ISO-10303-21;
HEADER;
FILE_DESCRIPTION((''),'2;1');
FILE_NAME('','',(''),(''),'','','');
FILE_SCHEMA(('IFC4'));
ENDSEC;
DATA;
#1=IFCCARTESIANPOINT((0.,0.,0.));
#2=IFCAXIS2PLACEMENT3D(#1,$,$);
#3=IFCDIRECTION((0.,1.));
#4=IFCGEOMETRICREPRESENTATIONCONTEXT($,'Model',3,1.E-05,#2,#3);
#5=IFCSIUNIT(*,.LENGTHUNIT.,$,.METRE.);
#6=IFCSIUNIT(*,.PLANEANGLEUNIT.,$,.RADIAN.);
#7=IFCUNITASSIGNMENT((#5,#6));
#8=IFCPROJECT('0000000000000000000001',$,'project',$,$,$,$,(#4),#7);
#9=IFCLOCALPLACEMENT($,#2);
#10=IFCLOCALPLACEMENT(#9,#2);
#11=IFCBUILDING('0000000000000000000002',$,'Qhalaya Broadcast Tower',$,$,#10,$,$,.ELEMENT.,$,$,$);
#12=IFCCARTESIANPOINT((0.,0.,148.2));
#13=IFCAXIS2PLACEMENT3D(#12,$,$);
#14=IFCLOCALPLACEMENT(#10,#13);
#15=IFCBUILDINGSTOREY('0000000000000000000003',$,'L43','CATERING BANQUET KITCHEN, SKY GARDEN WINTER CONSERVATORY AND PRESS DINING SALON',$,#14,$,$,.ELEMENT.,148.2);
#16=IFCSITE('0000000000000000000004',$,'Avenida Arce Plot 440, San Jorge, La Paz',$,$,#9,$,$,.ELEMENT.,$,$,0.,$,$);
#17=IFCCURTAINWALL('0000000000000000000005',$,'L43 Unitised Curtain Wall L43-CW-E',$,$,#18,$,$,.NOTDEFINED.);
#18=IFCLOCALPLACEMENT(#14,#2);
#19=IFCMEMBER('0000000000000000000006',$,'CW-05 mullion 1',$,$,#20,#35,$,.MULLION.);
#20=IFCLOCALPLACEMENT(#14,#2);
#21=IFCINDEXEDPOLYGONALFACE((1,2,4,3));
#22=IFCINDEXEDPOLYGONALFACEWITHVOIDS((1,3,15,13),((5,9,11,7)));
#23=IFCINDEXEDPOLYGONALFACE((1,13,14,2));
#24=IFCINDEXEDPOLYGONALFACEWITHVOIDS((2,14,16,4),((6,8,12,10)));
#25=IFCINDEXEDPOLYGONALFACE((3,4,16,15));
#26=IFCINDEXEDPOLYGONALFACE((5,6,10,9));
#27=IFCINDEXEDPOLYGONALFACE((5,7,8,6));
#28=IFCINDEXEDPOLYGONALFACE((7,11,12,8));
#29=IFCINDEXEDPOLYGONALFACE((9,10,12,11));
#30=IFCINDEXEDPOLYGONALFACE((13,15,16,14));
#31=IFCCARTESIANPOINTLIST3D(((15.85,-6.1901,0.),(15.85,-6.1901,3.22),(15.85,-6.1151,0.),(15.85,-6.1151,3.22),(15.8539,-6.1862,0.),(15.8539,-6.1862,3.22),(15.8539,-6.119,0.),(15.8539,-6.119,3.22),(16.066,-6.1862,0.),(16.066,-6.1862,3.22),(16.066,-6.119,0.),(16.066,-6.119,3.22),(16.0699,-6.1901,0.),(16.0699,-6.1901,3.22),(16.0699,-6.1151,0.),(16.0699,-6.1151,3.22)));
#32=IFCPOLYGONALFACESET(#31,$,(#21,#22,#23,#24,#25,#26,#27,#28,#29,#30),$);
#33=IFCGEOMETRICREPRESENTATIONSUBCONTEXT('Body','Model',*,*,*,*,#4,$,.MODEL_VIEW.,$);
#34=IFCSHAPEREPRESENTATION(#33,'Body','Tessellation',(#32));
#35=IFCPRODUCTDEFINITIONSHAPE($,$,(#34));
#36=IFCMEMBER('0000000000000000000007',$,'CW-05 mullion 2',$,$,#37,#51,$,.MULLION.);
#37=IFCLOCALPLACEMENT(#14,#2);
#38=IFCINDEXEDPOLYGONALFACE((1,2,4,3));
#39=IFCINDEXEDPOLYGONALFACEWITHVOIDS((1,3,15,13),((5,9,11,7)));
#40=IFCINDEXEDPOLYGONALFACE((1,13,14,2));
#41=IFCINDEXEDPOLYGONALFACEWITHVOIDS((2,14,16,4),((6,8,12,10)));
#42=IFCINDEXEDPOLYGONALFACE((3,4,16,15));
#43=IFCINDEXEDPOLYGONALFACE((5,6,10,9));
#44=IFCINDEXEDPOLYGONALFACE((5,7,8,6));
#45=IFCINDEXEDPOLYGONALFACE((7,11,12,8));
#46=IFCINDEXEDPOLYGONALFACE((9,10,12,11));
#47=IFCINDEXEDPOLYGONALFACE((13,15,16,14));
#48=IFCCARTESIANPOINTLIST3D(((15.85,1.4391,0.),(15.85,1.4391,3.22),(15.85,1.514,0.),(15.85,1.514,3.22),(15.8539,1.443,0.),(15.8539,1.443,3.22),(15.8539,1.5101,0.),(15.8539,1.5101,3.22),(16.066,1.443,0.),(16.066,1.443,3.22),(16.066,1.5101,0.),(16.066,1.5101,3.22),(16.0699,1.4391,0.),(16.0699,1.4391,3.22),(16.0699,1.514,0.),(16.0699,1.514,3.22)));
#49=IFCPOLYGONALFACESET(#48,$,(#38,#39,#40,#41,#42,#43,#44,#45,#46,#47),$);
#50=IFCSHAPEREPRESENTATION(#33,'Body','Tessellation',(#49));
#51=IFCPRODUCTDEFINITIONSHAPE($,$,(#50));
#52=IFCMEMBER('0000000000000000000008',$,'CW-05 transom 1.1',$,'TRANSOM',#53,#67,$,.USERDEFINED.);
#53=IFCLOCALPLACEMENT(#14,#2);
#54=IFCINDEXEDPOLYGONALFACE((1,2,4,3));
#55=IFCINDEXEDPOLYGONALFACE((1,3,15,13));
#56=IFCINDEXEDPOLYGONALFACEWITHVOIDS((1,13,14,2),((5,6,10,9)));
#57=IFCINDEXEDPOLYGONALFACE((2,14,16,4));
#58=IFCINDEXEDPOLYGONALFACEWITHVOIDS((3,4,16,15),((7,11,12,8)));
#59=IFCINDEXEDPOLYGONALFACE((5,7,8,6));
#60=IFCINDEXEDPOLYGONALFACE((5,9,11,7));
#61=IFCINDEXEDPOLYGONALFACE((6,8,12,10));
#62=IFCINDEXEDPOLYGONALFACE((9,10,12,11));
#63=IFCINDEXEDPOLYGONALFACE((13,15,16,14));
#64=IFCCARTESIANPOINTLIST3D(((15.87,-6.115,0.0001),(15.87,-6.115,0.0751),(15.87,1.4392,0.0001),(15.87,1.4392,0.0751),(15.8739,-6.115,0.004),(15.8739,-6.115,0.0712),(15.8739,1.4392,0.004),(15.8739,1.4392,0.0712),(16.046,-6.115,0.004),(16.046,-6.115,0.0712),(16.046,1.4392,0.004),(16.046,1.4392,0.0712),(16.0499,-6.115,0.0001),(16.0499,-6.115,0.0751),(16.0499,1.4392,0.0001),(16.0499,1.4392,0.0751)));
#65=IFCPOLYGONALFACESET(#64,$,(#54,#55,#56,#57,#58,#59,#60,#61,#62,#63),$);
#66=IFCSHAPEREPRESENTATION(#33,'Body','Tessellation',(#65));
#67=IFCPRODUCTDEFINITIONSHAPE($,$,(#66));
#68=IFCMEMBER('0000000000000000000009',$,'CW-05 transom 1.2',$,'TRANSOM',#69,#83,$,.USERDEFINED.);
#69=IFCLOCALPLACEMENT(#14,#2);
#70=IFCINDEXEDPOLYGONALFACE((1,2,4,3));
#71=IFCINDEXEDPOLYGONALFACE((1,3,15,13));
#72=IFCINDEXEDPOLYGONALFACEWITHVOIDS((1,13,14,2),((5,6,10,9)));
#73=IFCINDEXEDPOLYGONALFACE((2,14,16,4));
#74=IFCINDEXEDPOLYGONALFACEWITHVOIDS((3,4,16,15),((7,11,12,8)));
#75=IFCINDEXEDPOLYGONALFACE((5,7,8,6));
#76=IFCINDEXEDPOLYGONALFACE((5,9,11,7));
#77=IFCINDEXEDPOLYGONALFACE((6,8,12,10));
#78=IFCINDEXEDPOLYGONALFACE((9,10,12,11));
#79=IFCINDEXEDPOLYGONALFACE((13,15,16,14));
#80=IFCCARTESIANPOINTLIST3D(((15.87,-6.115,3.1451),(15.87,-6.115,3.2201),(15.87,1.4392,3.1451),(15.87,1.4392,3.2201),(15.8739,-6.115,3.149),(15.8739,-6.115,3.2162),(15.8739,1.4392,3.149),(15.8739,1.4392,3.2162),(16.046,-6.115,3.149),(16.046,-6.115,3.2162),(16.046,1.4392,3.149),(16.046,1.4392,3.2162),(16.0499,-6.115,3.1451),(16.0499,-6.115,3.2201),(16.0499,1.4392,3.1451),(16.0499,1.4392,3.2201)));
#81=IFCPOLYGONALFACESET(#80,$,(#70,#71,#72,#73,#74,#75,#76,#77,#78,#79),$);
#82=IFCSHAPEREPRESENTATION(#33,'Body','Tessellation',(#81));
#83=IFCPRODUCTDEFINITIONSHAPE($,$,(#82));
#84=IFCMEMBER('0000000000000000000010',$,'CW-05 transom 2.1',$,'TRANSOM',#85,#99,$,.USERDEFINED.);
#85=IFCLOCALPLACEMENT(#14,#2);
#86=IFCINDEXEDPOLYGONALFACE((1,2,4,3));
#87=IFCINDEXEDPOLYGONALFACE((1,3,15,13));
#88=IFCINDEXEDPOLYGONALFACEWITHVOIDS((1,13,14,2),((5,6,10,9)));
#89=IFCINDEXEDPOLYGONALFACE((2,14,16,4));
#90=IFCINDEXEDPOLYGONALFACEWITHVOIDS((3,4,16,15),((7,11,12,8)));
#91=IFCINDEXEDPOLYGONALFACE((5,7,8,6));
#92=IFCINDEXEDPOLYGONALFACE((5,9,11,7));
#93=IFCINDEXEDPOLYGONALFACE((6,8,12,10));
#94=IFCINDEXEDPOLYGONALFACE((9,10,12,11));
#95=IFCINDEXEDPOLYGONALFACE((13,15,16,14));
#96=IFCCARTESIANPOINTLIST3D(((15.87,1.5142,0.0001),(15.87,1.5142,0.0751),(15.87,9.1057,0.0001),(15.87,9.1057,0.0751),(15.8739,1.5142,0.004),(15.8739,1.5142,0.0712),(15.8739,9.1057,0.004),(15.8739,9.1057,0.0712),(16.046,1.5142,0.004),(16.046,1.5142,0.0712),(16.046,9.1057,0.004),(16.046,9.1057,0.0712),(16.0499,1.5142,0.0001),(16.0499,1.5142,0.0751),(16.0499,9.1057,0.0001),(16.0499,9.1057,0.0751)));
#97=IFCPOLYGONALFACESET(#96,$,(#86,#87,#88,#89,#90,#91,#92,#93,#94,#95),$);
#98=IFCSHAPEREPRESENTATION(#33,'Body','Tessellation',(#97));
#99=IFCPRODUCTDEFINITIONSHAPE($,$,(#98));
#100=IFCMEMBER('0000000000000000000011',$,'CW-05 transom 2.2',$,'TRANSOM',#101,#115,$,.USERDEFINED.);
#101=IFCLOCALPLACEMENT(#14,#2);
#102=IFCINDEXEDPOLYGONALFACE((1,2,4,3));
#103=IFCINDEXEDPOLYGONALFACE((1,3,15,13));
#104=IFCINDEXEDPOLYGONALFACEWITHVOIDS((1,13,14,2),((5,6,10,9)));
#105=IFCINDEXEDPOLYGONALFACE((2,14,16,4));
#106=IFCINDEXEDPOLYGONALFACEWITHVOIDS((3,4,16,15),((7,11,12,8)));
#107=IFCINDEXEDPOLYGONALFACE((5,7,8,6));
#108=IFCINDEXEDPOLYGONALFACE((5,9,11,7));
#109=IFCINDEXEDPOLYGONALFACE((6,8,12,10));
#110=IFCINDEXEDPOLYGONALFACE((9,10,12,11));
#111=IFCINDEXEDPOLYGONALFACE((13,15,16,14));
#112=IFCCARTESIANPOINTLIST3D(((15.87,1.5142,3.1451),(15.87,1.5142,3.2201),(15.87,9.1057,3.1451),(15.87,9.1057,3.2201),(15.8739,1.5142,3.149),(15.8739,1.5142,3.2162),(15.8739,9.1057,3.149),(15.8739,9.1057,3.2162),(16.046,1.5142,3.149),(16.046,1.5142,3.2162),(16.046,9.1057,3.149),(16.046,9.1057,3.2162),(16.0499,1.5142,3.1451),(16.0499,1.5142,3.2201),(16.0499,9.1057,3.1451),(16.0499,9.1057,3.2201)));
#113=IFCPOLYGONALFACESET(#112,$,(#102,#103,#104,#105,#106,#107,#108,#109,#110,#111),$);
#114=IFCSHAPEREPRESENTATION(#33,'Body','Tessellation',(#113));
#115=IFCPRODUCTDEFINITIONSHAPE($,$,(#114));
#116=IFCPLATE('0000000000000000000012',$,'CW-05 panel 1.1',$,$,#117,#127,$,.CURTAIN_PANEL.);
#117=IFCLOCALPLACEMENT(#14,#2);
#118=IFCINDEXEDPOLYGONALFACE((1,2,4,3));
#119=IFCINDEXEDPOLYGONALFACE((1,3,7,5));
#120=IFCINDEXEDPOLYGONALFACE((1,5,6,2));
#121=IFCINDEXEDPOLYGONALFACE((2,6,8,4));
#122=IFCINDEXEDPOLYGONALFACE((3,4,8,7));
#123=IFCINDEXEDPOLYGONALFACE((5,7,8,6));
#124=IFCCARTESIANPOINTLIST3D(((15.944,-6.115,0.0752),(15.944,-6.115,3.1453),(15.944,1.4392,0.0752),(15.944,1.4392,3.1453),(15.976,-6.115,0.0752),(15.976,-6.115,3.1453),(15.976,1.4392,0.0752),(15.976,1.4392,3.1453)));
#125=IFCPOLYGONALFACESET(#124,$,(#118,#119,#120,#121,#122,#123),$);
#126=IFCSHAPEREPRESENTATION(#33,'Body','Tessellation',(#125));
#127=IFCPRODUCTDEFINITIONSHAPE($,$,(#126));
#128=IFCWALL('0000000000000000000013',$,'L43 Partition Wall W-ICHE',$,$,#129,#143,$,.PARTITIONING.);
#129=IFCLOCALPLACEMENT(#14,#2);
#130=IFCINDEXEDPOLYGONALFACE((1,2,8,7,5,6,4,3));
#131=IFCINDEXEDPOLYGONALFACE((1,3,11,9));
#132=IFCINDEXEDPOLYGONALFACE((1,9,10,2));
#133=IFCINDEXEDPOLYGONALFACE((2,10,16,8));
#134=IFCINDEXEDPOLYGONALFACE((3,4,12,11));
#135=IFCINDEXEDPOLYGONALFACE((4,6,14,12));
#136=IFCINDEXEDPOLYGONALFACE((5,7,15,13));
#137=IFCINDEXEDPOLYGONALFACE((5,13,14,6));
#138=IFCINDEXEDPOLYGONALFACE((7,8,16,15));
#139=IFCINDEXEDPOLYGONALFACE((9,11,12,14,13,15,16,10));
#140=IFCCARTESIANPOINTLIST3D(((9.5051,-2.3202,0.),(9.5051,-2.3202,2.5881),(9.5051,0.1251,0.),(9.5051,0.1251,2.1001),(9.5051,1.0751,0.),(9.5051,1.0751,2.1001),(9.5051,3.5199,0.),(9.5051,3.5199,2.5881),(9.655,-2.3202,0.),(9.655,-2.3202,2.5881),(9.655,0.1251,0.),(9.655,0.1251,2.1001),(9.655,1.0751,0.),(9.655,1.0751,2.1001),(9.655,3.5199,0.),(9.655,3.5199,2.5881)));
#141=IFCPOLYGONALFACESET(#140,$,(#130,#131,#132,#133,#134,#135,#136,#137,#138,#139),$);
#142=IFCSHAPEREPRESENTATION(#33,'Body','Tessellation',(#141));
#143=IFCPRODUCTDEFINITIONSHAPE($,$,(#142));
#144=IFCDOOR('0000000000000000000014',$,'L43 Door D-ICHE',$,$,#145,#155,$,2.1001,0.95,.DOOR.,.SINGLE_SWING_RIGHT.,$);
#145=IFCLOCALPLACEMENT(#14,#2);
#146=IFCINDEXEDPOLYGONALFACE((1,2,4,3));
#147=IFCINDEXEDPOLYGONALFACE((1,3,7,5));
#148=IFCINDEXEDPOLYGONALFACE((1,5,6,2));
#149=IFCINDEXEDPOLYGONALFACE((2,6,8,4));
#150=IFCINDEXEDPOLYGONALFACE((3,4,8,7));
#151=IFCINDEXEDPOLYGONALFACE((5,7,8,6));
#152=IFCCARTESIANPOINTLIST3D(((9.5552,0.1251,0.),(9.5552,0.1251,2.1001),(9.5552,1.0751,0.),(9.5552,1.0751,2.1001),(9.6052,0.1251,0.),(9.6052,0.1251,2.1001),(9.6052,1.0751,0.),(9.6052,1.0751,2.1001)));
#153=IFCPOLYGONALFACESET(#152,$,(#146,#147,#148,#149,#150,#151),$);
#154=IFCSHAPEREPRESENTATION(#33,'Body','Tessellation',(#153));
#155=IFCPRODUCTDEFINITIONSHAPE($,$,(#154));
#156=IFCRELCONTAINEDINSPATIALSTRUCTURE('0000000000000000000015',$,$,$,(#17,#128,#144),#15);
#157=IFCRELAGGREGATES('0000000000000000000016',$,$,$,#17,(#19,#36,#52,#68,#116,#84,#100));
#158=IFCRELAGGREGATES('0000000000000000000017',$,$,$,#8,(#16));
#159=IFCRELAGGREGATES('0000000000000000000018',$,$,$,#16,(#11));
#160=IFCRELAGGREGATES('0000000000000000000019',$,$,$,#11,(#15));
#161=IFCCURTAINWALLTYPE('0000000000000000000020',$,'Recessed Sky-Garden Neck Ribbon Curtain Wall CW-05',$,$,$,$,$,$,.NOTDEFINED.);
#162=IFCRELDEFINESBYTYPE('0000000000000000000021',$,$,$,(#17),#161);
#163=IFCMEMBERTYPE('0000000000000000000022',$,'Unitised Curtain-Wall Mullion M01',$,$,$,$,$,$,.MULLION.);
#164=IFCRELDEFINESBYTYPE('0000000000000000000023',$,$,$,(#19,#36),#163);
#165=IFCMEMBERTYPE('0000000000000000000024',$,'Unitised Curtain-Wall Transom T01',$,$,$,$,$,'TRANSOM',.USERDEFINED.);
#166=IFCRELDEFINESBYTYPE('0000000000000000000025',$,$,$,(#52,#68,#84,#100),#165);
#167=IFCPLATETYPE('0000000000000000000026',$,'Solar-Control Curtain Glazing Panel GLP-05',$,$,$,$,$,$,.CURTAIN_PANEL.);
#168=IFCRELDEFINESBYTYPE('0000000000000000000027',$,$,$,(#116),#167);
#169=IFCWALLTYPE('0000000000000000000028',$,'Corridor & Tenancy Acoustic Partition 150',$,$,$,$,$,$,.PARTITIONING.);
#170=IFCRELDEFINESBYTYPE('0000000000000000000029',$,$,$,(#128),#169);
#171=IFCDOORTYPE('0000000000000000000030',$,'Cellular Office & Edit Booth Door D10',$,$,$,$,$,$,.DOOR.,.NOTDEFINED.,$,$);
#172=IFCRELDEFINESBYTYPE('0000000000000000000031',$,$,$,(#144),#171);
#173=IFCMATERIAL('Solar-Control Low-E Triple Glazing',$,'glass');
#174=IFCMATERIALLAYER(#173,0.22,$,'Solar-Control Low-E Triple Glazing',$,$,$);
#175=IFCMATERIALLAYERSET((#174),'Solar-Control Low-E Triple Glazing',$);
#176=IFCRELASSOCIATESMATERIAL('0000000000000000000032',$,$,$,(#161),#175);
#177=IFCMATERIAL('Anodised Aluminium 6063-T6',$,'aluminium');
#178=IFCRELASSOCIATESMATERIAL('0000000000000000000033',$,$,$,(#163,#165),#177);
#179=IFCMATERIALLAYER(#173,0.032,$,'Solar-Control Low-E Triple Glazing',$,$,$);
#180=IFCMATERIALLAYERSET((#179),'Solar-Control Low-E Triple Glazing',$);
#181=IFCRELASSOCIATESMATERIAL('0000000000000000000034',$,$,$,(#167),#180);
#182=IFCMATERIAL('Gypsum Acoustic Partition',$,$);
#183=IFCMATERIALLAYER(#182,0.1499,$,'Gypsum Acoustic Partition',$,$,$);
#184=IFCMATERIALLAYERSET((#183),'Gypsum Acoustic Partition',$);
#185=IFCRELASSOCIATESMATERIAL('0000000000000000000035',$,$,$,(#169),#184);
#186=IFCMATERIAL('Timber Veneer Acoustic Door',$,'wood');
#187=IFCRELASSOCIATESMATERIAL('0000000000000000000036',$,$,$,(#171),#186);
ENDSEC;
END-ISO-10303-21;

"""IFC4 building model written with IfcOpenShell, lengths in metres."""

from ifc_helpers import new_model, si_unit, direction, frame, frame_2d, origin, origin_2d, place, context, subcontext, project, spatial, rectangle, hollow_rectangle, extrude, material, layer, layer_set, material_profile, profile_set, type_object, element, fill, aggregate, save


model = new_model("IFC4")

# Units and contexts
model_context = context("Model", 3, precision=1e-05, world=origin(), true_north=direction((0.0, 1.0)))
body_context = subcontext(model_context, "Body", "Model", "MODEL_VIEW")
ifc_project = project(units=[si_unit("LENGTHUNIT", "METRE"), si_unit("PLANEANGLEUNIT", "RADIAN")], contexts=[model_context])

# Site, building, storey
site_placement = place(None, origin())
site = spatial("IfcSite", under=ifc_project, at=site_placement, Name="Avenida Arce Plot 440, San Jorge, La Paz", CompositionType="ELEMENT", RefElevation=0.0)
building_placement = place(site_placement, origin())
building = spatial("IfcBuilding", under=site, at=building_placement, Name="Qhalaya Broadcast Tower", CompositionType="ELEMENT")
storey_placement = place(building_placement, frame((0.0, 0.0, 148.2)))
storey = spatial("IfcBuildingStorey", under=building, at=storey_placement, Name="L43", Description="CATERING BANQUET KITCHEN, SKY GARDEN WINTER CONSERVATORY AND PRESS DINING SALON", CompositionType="ELEMENT", Elevation=148.2)

# Shared definitions
ifc_material_1 = material(Name="Solar-Control Low-E Triple Glazing", Category="glass")
ifc_layer_1 = layer(ifc_material_1, 0.22, Name="Solar-Control Low-E Triple Glazing")
ifc_layer_set_1 = layer_set([ifc_layer_1], Name="Solar-Control Low-E Triple Glazing")
curtain_wall_type = type_object("IfcCurtainWallType", Name="Recessed Sky-Garden Neck Ribbon Curtain Wall CW-05", PredefinedType="NOTDEFINED", material=ifc_layer_set_1)
ifc_material_2 = material(Name="Anodised Aluminium 6063-T6", Category="aluminium")
ifc_material_profile_1 = material_profile(ifc_material_2, hollow_rectangle(XDim=0.075, YDim=0.22, WallThickness=0.0039, at=origin_2d()), Name="ALU-MUL 75x220x4")
ifc_profile_set_1 = profile_set([ifc_material_profile_1], Name="Anodised Aluminium 6063-T6")
member_type_1 = type_object("IfcMemberType", Name="Unitised Curtain-Wall Mullion M01", PredefinedType="MULLION", material=ifc_profile_set_1)

# Curtain wall, members, plate
curtain_wall_1_placement = place(storey_placement, origin())
curtain_wall_1 = element("IfcCurtainWall", 1, at=curtain_wall_1_placement, inside=storey, type_object=curtain_wall_type, Name="L43 Unitised Curtain Wall L43-CW-E", PredefinedType="NOTDEFINED")
member_1_placement = place(storey_placement, frame((15.96, -6.1526, 0.0), z_axis=(0.0, 0.0, 1.0), x_axis=(0.0, 1.0, 0.0)))
member_1 = element("IfcMember", 2, at=member_1_placement, type_object=member_type_1, Name="CW-05 mullion 1", PredefinedType="MULLION", context=body_context, shape_type="SweptSolid", body=[
    extrude(hollow_rectangle(XDim=0.075, YDim=0.22, WallThickness=0.0039, at=origin_2d()), origin(), (0.0, 0.0, 1.0), 3.22),
])
member_2_placement = place(storey_placement, frame((15.96, 1.4766, 0.0), z_axis=(0.0, 0.0, 1.0), x_axis=(0.0, 1.0, 0.0)))
member_2 = element("IfcMember", 3, at=member_2_placement, type_object=member_type_1, Name="CW-05 mullion 2", PredefinedType="MULLION", context=body_context, shape_type="SweptSolid", body=[
    extrude(hollow_rectangle(XDim=0.075, YDim=0.22, WallThickness=0.0039, at=origin_2d()), origin(), (0.0, 0.0, 1.0), 3.22),
])
ifc_material_profile_2 = material_profile(ifc_material_2, hollow_rectangle(XDim=0.075, YDim=0.1799, WallThickness=0.0039, at=origin_2d()), Name="ALU-TRN 75x180x4")
ifc_profile_set_2 = profile_set([ifc_material_profile_2], Name="Anodised Aluminium 6063-T6")
member_type_2 = type_object("IfcMemberType", Name="Unitised Curtain-Wall Transom T01", ElementType="TRANSOM", PredefinedType="USERDEFINED", material=ifc_profile_set_2)
member_3_placement = place(storey_placement, frame((15.96, -6.115, 0.0376), z_axis=(0.0, 1.0, 0.0), x_axis=(0.0, 0.0, 1.0)))
member_3 = element("IfcMember", 4, at=member_3_placement, type_object=member_type_2, Name="CW-05 transom 1.1", ObjectType="TRANSOM", PredefinedType="USERDEFINED", context=body_context, shape_type="SweptSolid", body=[
    extrude(hollow_rectangle(XDim=0.075, YDim=0.1799, WallThickness=0.0039, at=origin_2d()), origin(), (0.0, 0.0, 1.0), 7.5542),
])
member_4_placement = place(storey_placement, frame((15.96, -6.115, 3.1826), z_axis=(0.0, 1.0, 0.0), x_axis=(0.0, 0.0, 1.0)))
member_4 = element("IfcMember", 5, at=member_4_placement, type_object=member_type_2, Name="CW-05 transom 1.2", ObjectType="TRANSOM", PredefinedType="USERDEFINED", context=body_context, shape_type="SweptSolid", body=[
    extrude(hollow_rectangle(XDim=0.075, YDim=0.1799, WallThickness=0.0039, at=origin_2d()), origin(), (0.0, 0.0, 1.0), 7.5542),
])
member_5_placement = place(storey_placement, frame((15.96, 1.5142, 0.0376), z_axis=(0.0, 1.0, 0.0), x_axis=(0.0, 0.0, 1.0)))
member_5 = element("IfcMember", 6, at=member_5_placement, type_object=member_type_2, Name="CW-05 transom 2.1", ObjectType="TRANSOM", PredefinedType="USERDEFINED", context=body_context, shape_type="SweptSolid", body=[
    extrude(hollow_rectangle(XDim=0.075, YDim=0.1799, WallThickness=0.0039, at=origin_2d()), origin(), (0.0, 0.0, 1.0), 7.5916),
])
member_6_placement = place(storey_placement, frame((15.96, 1.5142, 3.1826), z_axis=(0.0, 1.0, 0.0), x_axis=(0.0, 0.0, 1.0)))
member_6 = element("IfcMember", 7, at=member_6_placement, type_object=member_type_2, Name="CW-05 transom 2.2", ObjectType="TRANSOM", PredefinedType="USERDEFINED", context=body_context, shape_type="SweptSolid", body=[
    extrude(hollow_rectangle(XDim=0.075, YDim=0.1799, WallThickness=0.0039, at=origin_2d()), origin(), (0.0, 0.0, 1.0), 7.5916),
])
ifc_layer_2 = layer(ifc_material_1, 0.032, Name="Solar-Control Low-E Triple Glazing")
ifc_layer_set_2 = layer_set([ifc_layer_2], Name="Solar-Control Low-E Triple Glazing")
plate_type = type_object("IfcPlateType", Name="Solar-Control Curtain Glazing Panel GLP-05", PredefinedType="CURTAIN_PANEL", material=ifc_layer_set_2)
plate_placement = place(storey_placement, frame((15.96, -2.3379, 0.0752), z_axis=(0.0, 0.0, 1.0), x_axis=(0.0, 1.0, 0.0)))
plate = element("IfcPlate", 8, at=plate_placement, type_object=plate_type, Name="CW-05 panel 1.1", PredefinedType="CURTAIN_PANEL", context=body_context, shape_type="SweptSolid", body=[
    extrude(rectangle(XDim=7.5542, YDim=0.032, at=origin_2d()), origin(), (0.0, 0.0, 1.0), 3.0701),
])
aggregate(curtain_wall_1, [member_1, member_2, member_3, member_4, plate, member_5, member_6])

# Wall, opening, door
ifc_material_3 = material(Name="Gypsum Acoustic Partition")
ifc_layer_3 = layer(ifc_material_3, 0.1499, Name="Gypsum Acoustic Partition")
ifc_layer_set_3 = layer_set([ifc_layer_3], Name="Gypsum Acoustic Partition")
wall_type_1 = type_object("IfcWallType", Name="Corridor & Tenancy Acoustic Partition 150", PredefinedType="PARTITIONING", material=ifc_layer_set_3)
wall_1_placement = place(storey_placement, frame((9.5801, -2.3201, 0.0), z_axis=(0.0, 0.0, 1.0), x_axis=(0.0, 1.0, 0.0)))
wall_1 = element("IfcWall", 9, at=wall_1_placement, inside=storey, type_object=wall_type_1, Name="L43 Partition Wall W-ICHE", PredefinedType="PARTITIONING", context=body_context, shape_type="SweptSolid", body=[
    extrude(rectangle(XDim=5.8401, YDim=0.1499, at=frame_2d((2.9199, 0.0))), origin(), (0.0, 0.0, 1.0), 2.5881),
])
opening_1_placement = place(wall_1_placement, frame((2.4451, 0.0, 0.0)))
opening_1 = element("IfcOpeningElement", 10, at=opening_1_placement, cuts=wall_1, PredefinedType="OPENING", context=body_context, shape_type="SweptSolid", body=[
    extrude(rectangle(XDim=0.95, YDim=2.1001, at=frame_2d((0.4751, 1.05))), frame((0.0, 0.0869, 0.0), z_axis=(0.0, -1.0, 0.0), x_axis=(1.0, 0.0, 0.0)), (0.0, 0.0, 1.0), 0.1738),
])
ifc_material_4 = material(Name="Timber Veneer Acoustic Door", Category="wood")
door_type_1 = type_object("IfcDoorType", Name="Cellular Office & Edit Booth Door D10", OperationType="NOTDEFINED", PredefinedType="DOOR", material=ifc_material_4)
door_1_placement = place(opening_1_placement, origin())
door_1 = element("IfcDoor", 11, at=door_1_placement, inside=storey, type_object=door_type_1, Name="L43 Door D-ICHE", OperationType="SINGLE_SWING_RIGHT", OverallHeight=2.1001, OverallWidth=0.95, PredefinedType="DOOR", context=body_context, shape_type="SweptSolid", body=[
    extrude(rectangle(XDim=0.95, YDim=2.1001, at=frame_2d((0.4751, 1.05))), frame((0.0, 0.0249, 0.0), z_axis=(0.0, -1.0, 0.0), x_axis=(1.0, 0.0, 0.0)), (0.0, 0.0, 1.0), 0.05),
])
fill(opening_1, door_1)

save(model, "model.ifc")
